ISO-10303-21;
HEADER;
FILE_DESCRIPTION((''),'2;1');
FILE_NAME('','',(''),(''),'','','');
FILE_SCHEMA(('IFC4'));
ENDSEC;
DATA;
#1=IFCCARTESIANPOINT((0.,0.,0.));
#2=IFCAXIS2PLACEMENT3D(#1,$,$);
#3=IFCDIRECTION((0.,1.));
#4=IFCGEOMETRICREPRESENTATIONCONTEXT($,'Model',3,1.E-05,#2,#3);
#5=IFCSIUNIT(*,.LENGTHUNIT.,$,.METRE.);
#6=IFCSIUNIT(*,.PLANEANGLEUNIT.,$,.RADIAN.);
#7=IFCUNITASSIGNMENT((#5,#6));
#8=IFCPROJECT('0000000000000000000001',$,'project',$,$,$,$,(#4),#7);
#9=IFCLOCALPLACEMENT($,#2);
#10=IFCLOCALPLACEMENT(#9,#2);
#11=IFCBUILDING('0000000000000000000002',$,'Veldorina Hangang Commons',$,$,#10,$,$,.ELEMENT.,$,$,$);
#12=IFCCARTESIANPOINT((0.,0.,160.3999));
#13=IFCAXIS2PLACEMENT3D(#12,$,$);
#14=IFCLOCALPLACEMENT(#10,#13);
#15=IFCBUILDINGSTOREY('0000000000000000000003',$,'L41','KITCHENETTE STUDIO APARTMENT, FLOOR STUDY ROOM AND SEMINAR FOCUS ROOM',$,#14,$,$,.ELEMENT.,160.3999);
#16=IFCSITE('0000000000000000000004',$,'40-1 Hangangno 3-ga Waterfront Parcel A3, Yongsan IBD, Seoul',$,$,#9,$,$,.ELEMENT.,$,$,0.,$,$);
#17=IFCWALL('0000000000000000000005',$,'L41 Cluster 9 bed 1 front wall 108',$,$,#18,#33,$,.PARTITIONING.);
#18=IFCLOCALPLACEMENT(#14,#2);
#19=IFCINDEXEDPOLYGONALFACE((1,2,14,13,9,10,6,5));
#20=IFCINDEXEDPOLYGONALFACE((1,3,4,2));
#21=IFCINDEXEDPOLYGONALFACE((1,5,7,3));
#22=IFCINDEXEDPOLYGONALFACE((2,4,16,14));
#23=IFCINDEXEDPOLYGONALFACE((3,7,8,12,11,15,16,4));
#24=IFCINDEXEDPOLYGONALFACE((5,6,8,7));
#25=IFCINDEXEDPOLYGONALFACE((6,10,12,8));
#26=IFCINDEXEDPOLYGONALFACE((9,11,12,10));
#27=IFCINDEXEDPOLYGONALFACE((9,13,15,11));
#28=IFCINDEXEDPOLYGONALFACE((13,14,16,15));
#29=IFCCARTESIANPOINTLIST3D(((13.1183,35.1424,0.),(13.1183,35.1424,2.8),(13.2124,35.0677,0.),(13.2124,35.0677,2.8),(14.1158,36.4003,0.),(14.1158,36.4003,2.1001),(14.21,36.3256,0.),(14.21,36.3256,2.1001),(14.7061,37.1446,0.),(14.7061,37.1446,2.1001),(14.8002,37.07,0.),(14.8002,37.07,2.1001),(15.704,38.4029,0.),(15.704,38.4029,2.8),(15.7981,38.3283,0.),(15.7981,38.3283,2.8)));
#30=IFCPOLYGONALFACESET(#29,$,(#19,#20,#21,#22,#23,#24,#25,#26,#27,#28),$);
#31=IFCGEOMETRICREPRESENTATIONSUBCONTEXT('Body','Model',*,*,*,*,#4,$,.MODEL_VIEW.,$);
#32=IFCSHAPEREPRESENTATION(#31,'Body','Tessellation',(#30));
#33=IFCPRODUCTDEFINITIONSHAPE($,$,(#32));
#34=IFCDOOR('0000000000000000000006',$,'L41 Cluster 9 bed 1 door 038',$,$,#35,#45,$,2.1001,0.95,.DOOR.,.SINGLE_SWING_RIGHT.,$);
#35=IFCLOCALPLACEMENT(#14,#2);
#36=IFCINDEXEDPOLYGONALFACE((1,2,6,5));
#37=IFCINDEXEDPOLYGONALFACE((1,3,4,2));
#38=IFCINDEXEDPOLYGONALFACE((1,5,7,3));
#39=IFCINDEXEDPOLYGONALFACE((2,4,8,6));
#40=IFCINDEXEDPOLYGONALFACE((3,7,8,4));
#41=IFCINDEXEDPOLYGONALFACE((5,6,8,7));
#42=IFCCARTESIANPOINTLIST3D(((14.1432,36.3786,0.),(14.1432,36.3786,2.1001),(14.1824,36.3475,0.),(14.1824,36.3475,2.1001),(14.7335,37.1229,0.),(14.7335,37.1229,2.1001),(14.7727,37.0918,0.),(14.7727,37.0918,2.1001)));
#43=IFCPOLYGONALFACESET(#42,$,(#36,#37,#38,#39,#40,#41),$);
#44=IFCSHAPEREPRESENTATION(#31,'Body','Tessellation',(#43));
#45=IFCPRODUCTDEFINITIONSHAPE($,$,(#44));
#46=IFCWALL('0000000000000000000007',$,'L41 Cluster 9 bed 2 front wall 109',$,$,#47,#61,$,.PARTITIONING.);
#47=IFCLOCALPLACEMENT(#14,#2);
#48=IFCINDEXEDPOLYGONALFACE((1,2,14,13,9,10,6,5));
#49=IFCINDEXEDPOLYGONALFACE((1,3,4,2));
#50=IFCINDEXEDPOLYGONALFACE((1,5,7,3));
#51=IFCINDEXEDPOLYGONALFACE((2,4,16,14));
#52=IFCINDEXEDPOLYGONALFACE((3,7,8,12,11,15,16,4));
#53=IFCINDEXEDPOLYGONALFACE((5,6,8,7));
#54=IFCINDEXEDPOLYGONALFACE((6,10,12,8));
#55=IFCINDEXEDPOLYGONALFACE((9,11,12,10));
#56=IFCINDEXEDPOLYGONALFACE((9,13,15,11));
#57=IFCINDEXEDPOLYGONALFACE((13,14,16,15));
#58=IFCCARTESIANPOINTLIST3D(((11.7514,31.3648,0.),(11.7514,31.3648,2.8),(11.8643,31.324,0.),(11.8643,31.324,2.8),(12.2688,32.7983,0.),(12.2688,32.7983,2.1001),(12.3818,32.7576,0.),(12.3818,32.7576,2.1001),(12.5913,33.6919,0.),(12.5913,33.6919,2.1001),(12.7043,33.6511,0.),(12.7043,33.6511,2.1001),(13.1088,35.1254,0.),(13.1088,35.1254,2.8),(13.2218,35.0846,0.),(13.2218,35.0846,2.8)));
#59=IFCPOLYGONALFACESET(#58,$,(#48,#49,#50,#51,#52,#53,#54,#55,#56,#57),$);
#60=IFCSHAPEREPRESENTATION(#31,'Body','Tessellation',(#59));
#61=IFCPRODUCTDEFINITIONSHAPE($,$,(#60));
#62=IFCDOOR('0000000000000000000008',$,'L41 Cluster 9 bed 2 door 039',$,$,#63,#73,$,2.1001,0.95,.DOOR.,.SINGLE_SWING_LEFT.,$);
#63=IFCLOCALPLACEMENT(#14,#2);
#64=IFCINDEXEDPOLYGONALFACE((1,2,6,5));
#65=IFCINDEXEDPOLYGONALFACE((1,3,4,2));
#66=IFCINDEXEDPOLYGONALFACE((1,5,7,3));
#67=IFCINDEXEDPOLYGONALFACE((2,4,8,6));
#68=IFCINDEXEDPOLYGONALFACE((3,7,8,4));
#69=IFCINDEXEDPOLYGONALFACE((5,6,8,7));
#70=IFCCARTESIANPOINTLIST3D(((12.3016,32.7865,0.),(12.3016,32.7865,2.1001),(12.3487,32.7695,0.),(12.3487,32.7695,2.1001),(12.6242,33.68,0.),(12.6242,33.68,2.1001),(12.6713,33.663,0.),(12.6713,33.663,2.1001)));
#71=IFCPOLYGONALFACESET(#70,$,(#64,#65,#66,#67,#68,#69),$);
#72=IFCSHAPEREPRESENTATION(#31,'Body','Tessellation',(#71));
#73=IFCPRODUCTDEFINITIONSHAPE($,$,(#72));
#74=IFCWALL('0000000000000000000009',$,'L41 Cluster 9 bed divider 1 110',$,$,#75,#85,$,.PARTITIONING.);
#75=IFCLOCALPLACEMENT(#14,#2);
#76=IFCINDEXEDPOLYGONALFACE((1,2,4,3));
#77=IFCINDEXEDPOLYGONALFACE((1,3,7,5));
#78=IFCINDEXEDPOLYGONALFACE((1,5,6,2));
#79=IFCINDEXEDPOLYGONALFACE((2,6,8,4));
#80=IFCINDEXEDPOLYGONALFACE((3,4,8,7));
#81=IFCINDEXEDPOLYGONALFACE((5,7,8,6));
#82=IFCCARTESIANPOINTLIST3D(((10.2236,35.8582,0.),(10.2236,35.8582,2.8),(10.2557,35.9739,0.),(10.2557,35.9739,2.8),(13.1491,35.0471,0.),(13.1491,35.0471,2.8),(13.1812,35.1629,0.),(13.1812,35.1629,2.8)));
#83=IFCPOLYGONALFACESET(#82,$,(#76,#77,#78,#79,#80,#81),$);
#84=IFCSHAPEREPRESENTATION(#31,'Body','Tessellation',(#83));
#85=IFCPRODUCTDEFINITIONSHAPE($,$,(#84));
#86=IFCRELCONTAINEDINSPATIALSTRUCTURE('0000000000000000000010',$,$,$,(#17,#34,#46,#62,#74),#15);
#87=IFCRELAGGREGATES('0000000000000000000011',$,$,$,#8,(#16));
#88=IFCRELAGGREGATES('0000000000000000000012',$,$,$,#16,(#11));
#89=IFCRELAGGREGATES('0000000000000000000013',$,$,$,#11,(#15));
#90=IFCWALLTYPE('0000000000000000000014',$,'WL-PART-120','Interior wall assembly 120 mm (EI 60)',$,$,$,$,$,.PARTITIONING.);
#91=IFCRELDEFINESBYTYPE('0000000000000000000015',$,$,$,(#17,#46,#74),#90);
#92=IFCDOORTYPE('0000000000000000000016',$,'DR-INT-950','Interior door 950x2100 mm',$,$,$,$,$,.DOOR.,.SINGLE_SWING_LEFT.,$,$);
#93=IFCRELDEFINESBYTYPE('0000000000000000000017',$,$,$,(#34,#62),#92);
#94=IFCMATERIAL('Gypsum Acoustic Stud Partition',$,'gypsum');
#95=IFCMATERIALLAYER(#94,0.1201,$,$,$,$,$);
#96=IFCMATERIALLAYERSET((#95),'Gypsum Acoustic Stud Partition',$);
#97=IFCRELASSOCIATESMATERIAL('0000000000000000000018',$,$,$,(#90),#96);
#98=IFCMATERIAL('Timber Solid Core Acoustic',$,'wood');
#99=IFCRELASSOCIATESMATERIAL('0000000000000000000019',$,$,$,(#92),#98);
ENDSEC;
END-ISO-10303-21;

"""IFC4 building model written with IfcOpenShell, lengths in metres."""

from ifc_helpers import new_model, si_unit, direction, frame, frame_2d, origin, place, context, subcontext, project, spatial, rectangle, extrude, material, layer, layer_set, type_object, element, fill, save


model = new_model("IFC4")

# Units and contexts
model_context = context("Model", 3, precision=1e-05, world=origin(), true_north=direction((0.0, 1.0)))
body_context = subcontext(model_context, "Body", "Model", "MODEL_VIEW")
ifc_project = project(units=[si_unit("LENGTHUNIT", "METRE"), si_unit("PLANEANGLEUNIT", "RADIAN")], contexts=[model_context])

# Site, building, storey
site_placement = place(None, origin())
site = spatial("IfcSite", under=ifc_project, at=site_placement, Name="40-1 Hangangno 3-ga Waterfront Parcel A3, Yongsan IBD, Seoul", CompositionType="ELEMENT", RefElevation=0.0)
building_placement = place(site_placement, origin())
building = spatial("IfcBuilding", under=site, at=building_placement, Name="Veldorina Hangang Commons", CompositionType="ELEMENT")
storey_placement = place(building_placement, frame((0.0, 0.0, 160.3999)))
storey = spatial("IfcBuildingStorey", under=building, at=storey_placement, Name="L41", Description="KITCHENETTE STUDIO APARTMENT, FLOOR STUDY ROOM AND SEMINAR FOCUS ROOM", CompositionType="ELEMENT", Elevation=160.3999)

# Shared definitions
ifc_material_1 = material(Name="Gypsum Acoustic Stud Partition", Category="gypsum")
ifc_layer_1 = layer(ifc_material_1, 0.1201)
ifc_layer_set_1 = layer_set([ifc_layer_1], Name="Gypsum Acoustic Stud Partition")
wall_type_1 = type_object("IfcWallType", Name="WL-PART-120", Description="Interior wall assembly 120 mm (EI 60)", PredefinedType="PARTITIONING", material=ifc_layer_set_1)

# Walls, openings, doors
wall_1_placement = place(storey_placement, frame((15.751, 38.3655, 0.0), z_axis=(0.0, 0.0, 1.0), x_axis=(-0.621362, -0.783523, 0.0)))
wall_1 = element("IfcWall", 1, at=wall_1_placement, inside=storey, type_object=wall_type_1, Name="L41 Cluster 9 bed 1 front wall 108", PredefinedType="PARTITIONING", context=body_context, shape_type="SweptSolid", body=[
    extrude(rectangle(XDim=4.1614, YDim=0.1201, at=frame_2d((2.0806, 0.0))), origin(), (0.0, 0.0, 1.0), 2.8),
])
opening_1_placement = place(wall_1_placement, frame((1.6057, 0.0, 0.0)))
opening_1 = element("IfcOpeningElement", 2, at=opening_1_placement, cuts=wall_1, PredefinedType="OPENING", context=body_context, shape_type="SweptSolid", body=[
    extrude(rectangle(XDim=0.95, YDim=2.1001, at=frame_2d((0.4751, 1.05))), frame((0.0, 0.0701, 0.0), z_axis=(0.0, -1.0, 0.0), x_axis=(1.0, 0.0, 0.0)), (0.0, 0.0, 1.0), 0.1401),
])
ifc_material_2 = material(Name="Timber Solid Core Acoustic", Category="wood")
door_type_1 = type_object("IfcDoorType", Name="DR-INT-950", Description="Interior door 950x2100 mm", OperationType="SINGLE_SWING_LEFT", PredefinedType="DOOR", material=ifc_material_2)
door_1_placement = place(opening_1_placement, origin())
door_1 = element("IfcDoor", 3, at=door_1_placement, inside=storey, type_object=door_type_1, Name="L41 Cluster 9 bed 1 door 038", OperationType="SINGLE_SWING_RIGHT", OverallHeight=2.1001, OverallWidth=0.95, PredefinedType="DOOR", context=body_context, shape_type="SweptSolid", body=[
    extrude(rectangle(XDim=0.95, YDim=2.1001, at=frame_2d((0.4751, 1.05))), frame((0.0, 0.0249, 0.0), z_axis=(0.0, -1.0, 0.0), x_axis=(1.0, 0.0, 0.0)), (0.0, 0.0, 1.0), 0.05),
])
fill(opening_1, door_1)
wall_2_placement = place(storey_placement, frame((13.1653, 35.105, 0.0), z_axis=(0.0, 0.0, 1.0), x_axis=(-0.339526, -0.940597, 0.0)))
wall_2 = element("IfcWall", 4, at=wall_2_placement, inside=storey, type_object=wall_type_1, Name="L41 Cluster 9 bed 2 front wall 109", PredefinedType="PARTITIONING", context=body_context, shape_type="SweptSolid", body=[
    extrude(rectangle(XDim=3.998, YDim=0.1201, at=frame_2d((1.999, 0.0))), origin(), (0.0, 0.0, 1.0), 2.8),
])
opening_2_placement = place(wall_2_placement, frame((1.5239, 0.0, 0.0)))
opening_2 = element("IfcOpeningElement", 5, at=opening_2_placement, cuts=wall_2, PredefinedType="OPENING", context=body_context, shape_type="SweptSolid", body=[
    extrude(rectangle(XDim=0.95, YDim=2.1001, at=frame_2d((0.4751, 1.05))), frame((0.0, 0.0701, 0.0), z_axis=(0.0, -1.0, 0.0), x_axis=(1.0, 0.0, 0.0)), (0.0, 0.0, 1.0), 0.1401),
])
door_2_placement = place(opening_2_placement, origin())
door_2 = element("IfcDoor", 6, at=door_2_placement, inside=storey, type_object=door_type_1, Name="L41 Cluster 9 bed 2 door 039", OperationType="SINGLE_SWING_LEFT", OverallHeight=2.1001, OverallWidth=0.95, PredefinedType="DOOR", context=body_context, shape_type="SweptSolid", body=[
    extrude(rectangle(XDim=0.95, YDim=2.1001, at=frame_2d((0.4751, 1.05))), frame((0.0, 0.0249, 0.0), z_axis=(0.0, -1.0, 0.0), x_axis=(1.0, 0.0, 0.0)), (0.0, 0.0, 1.0), 0.05),
])
fill(opening_2, door_2)

# Wall
wall_3_placement = place(storey_placement, frame((13.1653, 35.105, 0.0), z_axis=(0.0, 0.0, 1.0), x_axis=(-0.963655, 0.26715, 0.0)))
element("IfcWall", 7, at=wall_3_placement, inside=storey, type_object=wall_type_1, Name="L41 Cluster 9 bed divider 1 110", PredefinedType="PARTITIONING", context=body_context, shape_type="SweptSolid", body=[
    extrude(rectangle(XDim=3.0359, YDim=0.1201, at=frame_2d((1.5181, 0.0))), origin(), (0.0, 0.0, 1.0), 2.8),
])

save(model, "model.ifc")
